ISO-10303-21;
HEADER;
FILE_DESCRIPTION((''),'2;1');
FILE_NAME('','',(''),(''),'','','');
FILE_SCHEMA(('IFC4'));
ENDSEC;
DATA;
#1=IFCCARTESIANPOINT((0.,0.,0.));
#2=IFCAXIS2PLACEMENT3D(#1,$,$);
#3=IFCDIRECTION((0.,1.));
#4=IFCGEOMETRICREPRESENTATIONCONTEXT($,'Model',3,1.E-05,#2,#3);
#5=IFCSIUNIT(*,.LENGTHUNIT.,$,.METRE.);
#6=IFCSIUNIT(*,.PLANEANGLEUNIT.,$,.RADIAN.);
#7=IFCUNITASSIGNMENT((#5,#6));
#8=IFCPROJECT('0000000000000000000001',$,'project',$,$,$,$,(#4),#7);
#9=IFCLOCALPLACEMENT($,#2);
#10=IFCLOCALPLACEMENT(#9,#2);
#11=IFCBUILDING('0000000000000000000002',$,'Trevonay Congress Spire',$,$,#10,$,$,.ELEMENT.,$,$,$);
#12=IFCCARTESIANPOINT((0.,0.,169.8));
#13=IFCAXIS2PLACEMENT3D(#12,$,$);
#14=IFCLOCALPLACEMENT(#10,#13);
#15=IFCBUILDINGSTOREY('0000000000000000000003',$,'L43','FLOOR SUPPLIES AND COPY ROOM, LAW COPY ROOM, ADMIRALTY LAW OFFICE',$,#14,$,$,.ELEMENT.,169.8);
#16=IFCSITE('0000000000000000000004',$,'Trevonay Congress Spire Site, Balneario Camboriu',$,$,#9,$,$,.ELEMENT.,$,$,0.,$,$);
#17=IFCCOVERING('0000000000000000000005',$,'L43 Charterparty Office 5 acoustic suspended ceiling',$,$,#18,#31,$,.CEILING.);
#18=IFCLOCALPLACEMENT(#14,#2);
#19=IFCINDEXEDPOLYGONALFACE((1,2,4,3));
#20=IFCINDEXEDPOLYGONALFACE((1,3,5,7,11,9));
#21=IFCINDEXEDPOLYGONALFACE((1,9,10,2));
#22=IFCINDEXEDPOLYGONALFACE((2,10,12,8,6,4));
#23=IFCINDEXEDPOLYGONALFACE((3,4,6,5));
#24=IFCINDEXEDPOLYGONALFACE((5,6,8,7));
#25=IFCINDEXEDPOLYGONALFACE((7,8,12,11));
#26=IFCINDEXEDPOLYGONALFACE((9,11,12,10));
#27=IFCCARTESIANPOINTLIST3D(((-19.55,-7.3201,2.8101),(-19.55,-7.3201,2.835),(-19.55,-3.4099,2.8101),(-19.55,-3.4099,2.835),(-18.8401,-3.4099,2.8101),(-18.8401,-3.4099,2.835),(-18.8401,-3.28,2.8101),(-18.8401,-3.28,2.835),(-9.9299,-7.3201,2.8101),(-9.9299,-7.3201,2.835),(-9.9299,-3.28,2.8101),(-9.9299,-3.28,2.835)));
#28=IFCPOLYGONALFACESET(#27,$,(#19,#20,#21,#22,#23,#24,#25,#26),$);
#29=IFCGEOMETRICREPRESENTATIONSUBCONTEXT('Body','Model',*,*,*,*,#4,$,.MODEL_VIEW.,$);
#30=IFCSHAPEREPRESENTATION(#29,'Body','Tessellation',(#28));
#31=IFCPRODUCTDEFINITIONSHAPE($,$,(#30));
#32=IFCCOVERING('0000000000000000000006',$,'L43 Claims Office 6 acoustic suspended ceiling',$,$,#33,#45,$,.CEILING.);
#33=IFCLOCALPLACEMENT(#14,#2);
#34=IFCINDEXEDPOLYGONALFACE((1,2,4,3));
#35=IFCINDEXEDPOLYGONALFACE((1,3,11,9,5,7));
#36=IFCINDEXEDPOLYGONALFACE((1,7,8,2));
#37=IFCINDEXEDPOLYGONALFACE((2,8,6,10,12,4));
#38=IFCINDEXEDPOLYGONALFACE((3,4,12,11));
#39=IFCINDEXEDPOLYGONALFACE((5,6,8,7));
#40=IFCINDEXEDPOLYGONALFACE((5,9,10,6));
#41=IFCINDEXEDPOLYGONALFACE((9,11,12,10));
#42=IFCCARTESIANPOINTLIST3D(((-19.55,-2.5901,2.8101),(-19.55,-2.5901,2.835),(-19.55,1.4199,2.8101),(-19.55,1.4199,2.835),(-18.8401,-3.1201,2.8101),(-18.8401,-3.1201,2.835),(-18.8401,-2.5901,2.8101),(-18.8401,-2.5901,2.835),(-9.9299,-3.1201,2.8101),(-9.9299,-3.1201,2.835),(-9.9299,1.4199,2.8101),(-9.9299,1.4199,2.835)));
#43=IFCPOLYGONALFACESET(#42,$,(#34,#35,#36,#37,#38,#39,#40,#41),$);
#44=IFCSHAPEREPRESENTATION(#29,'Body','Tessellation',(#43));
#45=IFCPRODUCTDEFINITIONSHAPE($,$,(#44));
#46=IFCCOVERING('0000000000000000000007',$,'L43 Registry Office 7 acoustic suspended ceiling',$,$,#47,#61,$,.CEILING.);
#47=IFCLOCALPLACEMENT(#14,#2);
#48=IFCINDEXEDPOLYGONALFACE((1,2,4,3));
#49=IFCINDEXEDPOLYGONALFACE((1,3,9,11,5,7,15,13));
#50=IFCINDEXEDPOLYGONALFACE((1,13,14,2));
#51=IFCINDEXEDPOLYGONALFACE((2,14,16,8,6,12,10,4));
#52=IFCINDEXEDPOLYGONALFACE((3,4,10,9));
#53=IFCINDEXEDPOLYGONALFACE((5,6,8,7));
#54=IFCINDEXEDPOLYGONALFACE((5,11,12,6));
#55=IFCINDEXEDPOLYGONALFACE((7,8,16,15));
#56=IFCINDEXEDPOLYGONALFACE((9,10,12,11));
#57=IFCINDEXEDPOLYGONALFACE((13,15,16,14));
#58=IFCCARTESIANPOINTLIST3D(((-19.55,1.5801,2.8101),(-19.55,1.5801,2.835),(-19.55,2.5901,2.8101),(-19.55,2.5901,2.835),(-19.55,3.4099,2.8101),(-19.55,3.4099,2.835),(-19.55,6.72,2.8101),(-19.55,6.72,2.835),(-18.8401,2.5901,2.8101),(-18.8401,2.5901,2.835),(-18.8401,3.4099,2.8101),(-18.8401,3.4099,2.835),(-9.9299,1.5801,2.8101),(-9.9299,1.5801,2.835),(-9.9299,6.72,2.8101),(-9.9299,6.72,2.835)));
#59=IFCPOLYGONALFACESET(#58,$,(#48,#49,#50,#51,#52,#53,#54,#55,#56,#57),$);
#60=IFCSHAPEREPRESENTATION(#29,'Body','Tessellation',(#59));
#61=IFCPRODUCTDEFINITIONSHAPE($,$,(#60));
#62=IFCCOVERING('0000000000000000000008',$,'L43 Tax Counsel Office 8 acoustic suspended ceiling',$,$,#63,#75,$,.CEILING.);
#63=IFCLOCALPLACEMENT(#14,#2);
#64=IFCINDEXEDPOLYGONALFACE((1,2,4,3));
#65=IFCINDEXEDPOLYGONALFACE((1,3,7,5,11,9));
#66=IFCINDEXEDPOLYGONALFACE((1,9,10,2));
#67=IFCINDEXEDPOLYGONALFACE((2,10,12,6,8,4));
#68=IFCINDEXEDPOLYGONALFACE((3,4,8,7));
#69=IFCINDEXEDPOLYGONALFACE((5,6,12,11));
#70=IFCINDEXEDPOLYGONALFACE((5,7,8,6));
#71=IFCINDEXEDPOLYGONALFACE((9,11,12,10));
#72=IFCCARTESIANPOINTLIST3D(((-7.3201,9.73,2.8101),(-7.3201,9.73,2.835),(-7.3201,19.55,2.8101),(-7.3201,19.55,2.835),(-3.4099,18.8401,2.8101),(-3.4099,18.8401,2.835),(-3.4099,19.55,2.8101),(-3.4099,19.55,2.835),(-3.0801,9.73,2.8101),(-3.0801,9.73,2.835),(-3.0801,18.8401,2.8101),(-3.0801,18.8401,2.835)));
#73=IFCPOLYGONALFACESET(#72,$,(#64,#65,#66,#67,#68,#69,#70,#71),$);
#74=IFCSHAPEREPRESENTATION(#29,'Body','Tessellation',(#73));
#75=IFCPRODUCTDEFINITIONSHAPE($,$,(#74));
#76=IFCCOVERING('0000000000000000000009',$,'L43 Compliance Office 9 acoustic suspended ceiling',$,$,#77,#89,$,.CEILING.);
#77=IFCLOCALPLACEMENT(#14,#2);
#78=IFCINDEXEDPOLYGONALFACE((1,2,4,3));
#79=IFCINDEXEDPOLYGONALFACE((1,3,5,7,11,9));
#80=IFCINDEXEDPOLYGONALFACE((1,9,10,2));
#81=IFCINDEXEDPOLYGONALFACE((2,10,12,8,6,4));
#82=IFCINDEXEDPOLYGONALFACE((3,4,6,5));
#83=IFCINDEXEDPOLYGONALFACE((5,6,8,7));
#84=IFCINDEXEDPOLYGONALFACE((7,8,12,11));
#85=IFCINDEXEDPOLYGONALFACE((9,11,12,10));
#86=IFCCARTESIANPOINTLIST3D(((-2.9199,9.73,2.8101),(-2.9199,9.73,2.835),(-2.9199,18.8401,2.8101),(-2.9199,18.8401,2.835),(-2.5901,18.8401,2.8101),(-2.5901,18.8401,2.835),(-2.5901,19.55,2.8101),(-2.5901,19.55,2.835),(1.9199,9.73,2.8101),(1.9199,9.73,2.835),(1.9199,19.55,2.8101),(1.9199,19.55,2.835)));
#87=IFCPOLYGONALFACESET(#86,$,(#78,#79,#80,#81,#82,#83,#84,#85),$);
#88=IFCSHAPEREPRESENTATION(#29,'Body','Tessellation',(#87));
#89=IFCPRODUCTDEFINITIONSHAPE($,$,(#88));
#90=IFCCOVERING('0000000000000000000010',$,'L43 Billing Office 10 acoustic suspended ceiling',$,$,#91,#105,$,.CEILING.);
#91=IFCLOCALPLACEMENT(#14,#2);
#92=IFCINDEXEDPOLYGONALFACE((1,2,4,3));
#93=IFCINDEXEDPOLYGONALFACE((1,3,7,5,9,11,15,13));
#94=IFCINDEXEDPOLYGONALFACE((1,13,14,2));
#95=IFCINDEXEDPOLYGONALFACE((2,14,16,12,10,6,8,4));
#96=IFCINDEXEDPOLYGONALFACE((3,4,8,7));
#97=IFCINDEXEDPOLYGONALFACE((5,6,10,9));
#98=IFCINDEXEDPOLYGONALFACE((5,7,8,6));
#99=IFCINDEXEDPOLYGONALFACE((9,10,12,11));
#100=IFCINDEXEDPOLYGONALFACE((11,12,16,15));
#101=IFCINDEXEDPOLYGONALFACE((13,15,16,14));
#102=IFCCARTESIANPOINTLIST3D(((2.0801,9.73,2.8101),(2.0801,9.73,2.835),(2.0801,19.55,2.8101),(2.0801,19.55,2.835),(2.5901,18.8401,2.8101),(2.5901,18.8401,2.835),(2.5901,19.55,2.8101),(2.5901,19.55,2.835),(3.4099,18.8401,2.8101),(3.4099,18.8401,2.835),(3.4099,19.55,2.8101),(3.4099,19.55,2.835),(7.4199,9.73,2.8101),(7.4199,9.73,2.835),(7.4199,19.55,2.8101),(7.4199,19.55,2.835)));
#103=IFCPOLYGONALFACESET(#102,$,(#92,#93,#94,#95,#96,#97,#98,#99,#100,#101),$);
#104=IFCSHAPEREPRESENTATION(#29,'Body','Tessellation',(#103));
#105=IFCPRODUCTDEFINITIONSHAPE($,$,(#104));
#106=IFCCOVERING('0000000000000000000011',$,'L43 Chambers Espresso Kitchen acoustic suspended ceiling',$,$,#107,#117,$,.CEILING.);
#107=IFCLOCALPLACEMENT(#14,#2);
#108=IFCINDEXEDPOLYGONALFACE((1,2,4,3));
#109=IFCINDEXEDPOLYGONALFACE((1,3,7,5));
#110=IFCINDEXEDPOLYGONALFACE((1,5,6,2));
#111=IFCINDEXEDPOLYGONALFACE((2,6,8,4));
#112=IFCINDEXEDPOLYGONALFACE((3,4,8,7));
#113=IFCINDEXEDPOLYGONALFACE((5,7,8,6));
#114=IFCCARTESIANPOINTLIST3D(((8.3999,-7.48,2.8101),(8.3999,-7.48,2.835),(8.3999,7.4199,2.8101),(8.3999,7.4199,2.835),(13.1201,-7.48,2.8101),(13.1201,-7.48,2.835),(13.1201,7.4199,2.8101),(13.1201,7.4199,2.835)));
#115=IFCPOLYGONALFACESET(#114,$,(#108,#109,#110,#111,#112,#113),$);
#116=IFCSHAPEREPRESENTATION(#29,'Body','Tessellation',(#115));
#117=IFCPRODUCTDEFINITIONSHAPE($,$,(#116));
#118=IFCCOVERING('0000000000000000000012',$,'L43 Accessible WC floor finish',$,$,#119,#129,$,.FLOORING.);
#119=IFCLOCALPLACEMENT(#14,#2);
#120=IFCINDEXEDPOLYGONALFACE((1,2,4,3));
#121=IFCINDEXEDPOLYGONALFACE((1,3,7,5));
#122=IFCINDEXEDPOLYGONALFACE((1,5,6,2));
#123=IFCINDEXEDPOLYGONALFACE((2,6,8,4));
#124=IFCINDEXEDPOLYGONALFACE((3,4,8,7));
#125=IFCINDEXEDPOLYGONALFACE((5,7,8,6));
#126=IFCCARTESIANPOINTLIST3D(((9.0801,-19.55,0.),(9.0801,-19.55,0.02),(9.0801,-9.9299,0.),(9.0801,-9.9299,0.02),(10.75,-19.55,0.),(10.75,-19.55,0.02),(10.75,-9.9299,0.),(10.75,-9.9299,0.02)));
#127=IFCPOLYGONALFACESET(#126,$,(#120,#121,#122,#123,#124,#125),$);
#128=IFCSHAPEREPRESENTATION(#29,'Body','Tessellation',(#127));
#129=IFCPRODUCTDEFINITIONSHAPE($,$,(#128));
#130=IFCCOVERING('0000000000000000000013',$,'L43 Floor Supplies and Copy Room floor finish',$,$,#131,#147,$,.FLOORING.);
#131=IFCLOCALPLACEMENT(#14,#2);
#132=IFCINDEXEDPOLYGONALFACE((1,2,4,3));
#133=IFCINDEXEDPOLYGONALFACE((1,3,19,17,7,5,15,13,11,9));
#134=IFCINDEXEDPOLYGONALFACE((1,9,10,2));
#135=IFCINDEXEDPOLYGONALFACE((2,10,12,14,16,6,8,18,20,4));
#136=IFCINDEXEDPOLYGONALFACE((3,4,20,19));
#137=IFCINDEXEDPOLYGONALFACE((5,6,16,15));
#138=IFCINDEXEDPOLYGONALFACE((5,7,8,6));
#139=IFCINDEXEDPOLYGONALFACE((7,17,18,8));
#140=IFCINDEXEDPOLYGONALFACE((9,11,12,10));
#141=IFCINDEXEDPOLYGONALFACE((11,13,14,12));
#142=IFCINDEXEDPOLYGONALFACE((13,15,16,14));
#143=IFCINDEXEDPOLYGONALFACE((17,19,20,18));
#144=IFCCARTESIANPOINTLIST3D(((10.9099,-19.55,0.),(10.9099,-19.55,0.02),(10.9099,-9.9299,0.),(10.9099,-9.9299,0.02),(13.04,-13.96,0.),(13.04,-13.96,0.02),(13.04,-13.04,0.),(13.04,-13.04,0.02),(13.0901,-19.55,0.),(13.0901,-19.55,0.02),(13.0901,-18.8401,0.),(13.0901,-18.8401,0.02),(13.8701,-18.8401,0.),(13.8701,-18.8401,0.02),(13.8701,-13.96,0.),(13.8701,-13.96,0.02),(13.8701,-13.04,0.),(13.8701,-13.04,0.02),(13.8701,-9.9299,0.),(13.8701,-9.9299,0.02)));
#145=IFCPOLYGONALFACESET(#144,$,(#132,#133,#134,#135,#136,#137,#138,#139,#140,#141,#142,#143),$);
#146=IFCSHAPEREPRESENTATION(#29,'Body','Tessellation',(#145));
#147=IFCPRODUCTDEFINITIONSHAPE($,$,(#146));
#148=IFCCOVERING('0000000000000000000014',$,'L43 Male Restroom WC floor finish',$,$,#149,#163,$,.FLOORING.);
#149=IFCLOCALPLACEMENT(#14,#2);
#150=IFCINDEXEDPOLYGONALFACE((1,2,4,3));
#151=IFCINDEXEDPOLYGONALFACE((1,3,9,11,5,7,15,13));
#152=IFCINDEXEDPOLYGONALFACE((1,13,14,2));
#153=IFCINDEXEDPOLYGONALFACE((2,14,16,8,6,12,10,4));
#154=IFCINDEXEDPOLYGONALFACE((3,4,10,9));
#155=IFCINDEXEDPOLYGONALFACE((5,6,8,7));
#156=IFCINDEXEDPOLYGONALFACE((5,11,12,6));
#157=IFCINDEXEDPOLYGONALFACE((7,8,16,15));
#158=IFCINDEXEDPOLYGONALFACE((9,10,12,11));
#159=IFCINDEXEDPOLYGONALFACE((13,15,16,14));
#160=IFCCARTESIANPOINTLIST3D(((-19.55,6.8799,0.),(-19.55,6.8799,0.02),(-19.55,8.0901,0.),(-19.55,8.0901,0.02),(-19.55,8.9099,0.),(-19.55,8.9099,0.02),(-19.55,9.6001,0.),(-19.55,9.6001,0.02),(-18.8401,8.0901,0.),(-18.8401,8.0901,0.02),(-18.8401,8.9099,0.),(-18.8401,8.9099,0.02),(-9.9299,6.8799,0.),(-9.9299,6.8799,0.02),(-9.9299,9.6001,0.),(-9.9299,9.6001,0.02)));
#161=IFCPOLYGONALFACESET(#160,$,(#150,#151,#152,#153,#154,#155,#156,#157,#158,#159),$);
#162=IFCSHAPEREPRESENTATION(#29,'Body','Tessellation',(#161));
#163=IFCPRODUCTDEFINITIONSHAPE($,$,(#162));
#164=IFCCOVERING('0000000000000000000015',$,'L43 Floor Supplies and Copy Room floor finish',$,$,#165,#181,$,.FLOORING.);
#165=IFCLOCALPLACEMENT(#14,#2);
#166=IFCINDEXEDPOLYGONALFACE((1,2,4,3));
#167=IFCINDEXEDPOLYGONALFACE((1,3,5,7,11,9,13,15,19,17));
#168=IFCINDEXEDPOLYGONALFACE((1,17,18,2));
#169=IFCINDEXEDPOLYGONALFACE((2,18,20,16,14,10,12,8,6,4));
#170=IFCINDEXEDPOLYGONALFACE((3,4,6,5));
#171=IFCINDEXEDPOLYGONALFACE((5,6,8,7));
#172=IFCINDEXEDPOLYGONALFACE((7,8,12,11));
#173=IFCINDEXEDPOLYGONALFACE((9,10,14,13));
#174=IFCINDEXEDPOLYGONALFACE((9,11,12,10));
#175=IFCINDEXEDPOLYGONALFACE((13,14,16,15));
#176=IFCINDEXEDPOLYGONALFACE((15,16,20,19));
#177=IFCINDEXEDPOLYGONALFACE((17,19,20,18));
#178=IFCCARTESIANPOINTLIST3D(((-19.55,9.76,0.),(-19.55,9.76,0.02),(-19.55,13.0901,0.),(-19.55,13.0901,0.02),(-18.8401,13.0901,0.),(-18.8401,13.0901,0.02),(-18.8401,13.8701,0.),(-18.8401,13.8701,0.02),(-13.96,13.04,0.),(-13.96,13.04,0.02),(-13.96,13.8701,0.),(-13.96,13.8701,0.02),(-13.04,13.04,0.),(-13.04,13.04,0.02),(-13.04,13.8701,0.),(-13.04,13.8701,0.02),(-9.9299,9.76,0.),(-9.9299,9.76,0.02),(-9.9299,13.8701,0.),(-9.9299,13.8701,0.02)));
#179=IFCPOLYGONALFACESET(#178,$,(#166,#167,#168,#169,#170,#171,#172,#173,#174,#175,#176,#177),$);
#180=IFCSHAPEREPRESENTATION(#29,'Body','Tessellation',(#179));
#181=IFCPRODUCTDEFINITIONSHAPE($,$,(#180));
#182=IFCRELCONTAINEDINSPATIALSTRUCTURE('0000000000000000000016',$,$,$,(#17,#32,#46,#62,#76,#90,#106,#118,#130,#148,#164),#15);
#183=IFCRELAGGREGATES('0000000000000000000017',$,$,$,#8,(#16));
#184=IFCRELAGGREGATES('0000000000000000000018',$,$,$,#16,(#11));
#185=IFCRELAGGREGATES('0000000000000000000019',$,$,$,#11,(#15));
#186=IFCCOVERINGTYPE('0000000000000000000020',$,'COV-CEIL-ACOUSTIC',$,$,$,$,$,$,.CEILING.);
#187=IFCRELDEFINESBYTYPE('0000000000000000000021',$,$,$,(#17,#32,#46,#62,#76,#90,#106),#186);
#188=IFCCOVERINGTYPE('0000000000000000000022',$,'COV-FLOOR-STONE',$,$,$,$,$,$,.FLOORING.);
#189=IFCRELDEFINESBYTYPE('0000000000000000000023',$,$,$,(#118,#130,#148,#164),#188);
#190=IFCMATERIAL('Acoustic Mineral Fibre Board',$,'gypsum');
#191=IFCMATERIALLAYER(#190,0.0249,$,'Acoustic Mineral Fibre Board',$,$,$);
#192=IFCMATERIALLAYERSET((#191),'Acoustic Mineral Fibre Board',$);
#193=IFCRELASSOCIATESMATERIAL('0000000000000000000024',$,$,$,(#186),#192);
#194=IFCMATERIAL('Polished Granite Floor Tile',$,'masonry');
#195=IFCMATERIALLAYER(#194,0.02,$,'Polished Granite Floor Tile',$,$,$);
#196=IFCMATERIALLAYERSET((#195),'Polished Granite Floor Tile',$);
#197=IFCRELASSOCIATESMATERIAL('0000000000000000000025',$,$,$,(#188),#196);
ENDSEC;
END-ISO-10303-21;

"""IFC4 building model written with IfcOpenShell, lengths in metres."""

from ifc_helpers import new_model, si_unit, direction, frame, origin, place, context, subcontext, project, spatial, polyline, outline, extrude, material, layer, layer_set, type_object, element, save


model = new_model("IFC4")

# Units and contexts
model_context = context("Model", 3, precision=1e-05, world=origin(), true_north=direction((0.0, 1.0)))
body_context = subcontext(model_context, "Body", "Model", "MODEL_VIEW")
ifc_project = project(units=[si_unit("LENGTHUNIT", "METRE"), si_unit("PLANEANGLEUNIT", "RADIAN")], contexts=[model_context])

# Site, building, storey
site_placement = place(None, origin())
site = spatial("IfcSite", under=ifc_project, at=site_placement, Name="Trevonay Congress Spire Site, Balneario Camboriu", CompositionType="ELEMENT", RefElevation=0.0)
building_placement = place(site_placement, origin())
building = spatial("IfcBuilding", under=site, at=building_placement, Name="Trevonay Congress Spire", CompositionType="ELEMENT")
storey_placement = place(building_placement, frame((0.0, 0.0, 169.8)))
storey = spatial("IfcBuildingStorey", under=building, at=storey_placement, Name="L43", Description="FLOOR SUPPLIES AND COPY ROOM, LAW COPY ROOM, ADMIRALTY LAW OFFICE", CompositionType="ELEMENT", Elevation=169.8)

# Coverings
ifc_material_1 = material(Name="Acoustic Mineral Fibre Board", Category="gypsum")
ifc_layer_1 = layer(ifc_material_1, 0.0249, Name="Acoustic Mineral Fibre Board")
ifc_layer_set_1 = layer_set([ifc_layer_1], Name="Acoustic Mineral Fibre Board")
covering_type_1 = type_object("IfcCoveringType", Name="COV-CEIL-ACOUSTIC", PredefinedType="CEILING", material=ifc_layer_set_1)
covering_1_placement = place(storey_placement, frame((0.0, 0.0, 2.8101)))
element("IfcCovering", 1, at=covering_1_placement, inside=storey, type_object=covering_type_1, Name="L43 Charterparty Office 5 acoustic suspended ceiling", PredefinedType="CEILING", context=body_context, shape_type="SweptSolid", body=[
    extrude(outline(polyline([(-9.9299, -3.28), (-9.9299, -7.3201), (-19.55, -7.3201), (-19.55, -3.4099), (-18.8401, -3.4099), (-18.8401, -3.28), (-9.9299, -3.28)])), origin(), (0.0, 0.0, 1.0), 0.0249),
])
covering_2_placement = place(storey_placement, frame((0.0, 0.0, 2.8101)))
element("IfcCovering", 2, at=covering_2_placement, inside=storey, type_object=covering_type_1, Name="L43 Claims Office 6 acoustic suspended ceiling", PredefinedType="CEILING", context=body_context, shape_type="SweptSolid", body=[
    extrude(outline(polyline([(-19.55, 1.4199), (-9.9299, 1.4199), (-9.9299, -3.1201), (-18.8401, -3.1201), (-18.8401, -2.5901), (-19.55, -2.5901), (-19.55, 1.4199)])), origin(), (0.0, 0.0, 1.0), 0.0249),
])
covering_3_placement = place(storey_placement, frame((0.0, 0.0, 2.8101)))
element("IfcCovering", 3, at=covering_3_placement, inside=storey, type_object=covering_type_1, Name="L43 Registry Office 7 acoustic suspended ceiling", PredefinedType="CEILING", context=body_context, shape_type="SweptSolid", body=[
    extrude(outline(polyline([(-19.55, 6.72), (-9.9299, 6.72), (-9.9299, 1.5801), (-19.55, 1.5801), (-19.55, 2.5901), (-18.8401, 2.5901), (-18.8401, 3.4099), (-19.55, 3.4099), (-19.55, 6.72)])), origin(), (0.0, 0.0, 1.0), 0.0249),
])
covering_4_placement = place(storey_placement, frame((0.0, 0.0, 2.8101)))
element("IfcCovering", 4, at=covering_4_placement, inside=storey, type_object=covering_type_1, Name="L43 Tax Counsel Office 8 acoustic suspended ceiling", PredefinedType="CEILING", context=body_context, shape_type="SweptSolid", body=[
    extrude(outline(polyline([(-3.0801, 9.73), (-7.3201, 9.73), (-7.3201, 19.55), (-3.4099, 19.55), (-3.4099, 18.8401), (-3.0801, 18.8401), (-3.0801, 9.73)])), origin(), (0.0, 0.0, 1.0), 0.0249),
])
covering_5_placement = place(storey_placement, frame((0.0, 0.0, 2.8101)))
element("IfcCovering", 5, at=covering_5_placement, inside=storey, type_object=covering_type_1, Name="L43 Compliance Office 9 acoustic suspended ceiling", PredefinedType="CEILING", context=body_context, shape_type="SweptSolid", body=[
    extrude(outline(polyline([(1.9199, 19.55), (1.9199, 9.73), (-2.9199, 9.73), (-2.9199, 18.8401), (-2.5901, 18.8401), (-2.5901, 19.55), (1.9199, 19.55)])), origin(), (0.0, 0.0, 1.0), 0.0249),
])
covering_6_placement = place(storey_placement, frame((0.0, 0.0, 2.8101)))
element("IfcCovering", 6, at=covering_6_placement, inside=storey, type_object=covering_type_1, Name="L43 Billing Office 10 acoustic suspended ceiling", PredefinedType="CEILING", context=body_context, shape_type="SweptSolid", body=[
    extrude(outline(polyline([(7.4199, 19.55), (7.4199, 9.73), (2.0801, 9.73), (2.0801, 19.55), (2.5901, 19.55), (2.5901, 18.8401), (3.4099, 18.8401), (3.4099, 19.55), (7.4199, 19.55)])), origin(), (0.0, 0.0, 1.0), 0.0249),
])
covering_7_placement = place(storey_placement, frame((0.0, 0.0, 2.8101)))
element("IfcCovering", 7, at=covering_7_placement, inside=storey, type_object=covering_type_1, Name="L43 Chambers Espresso Kitchen acoustic suspended ceiling", PredefinedType="CEILING", context=body_context, shape_type="SweptSolid", body=[
    extrude(outline(polyline([(8.3999, -7.48), (13.1201, -7.48), (13.1201, 7.4199), (8.3999, 7.4199), (8.3999, -7.48)])), origin(), (0.0, 0.0, 1.0), 0.0249),
])
ifc_material_2 = material(Name="Polished Granite Floor Tile", Category="masonry")
ifc_layer_2 = layer(ifc_material_2, 0.02, Name="Polished Granite Floor Tile")
ifc_layer_set_2 = layer_set([ifc_layer_2], Name="Polished Granite Floor Tile")
covering_type_2 = type_object("IfcCoveringType", Name="COV-FLOOR-STONE", PredefinedType="FLOORING", material=ifc_layer_set_2)
covering_8_placement = place(storey_placement, origin())
element("IfcCovering", 8, at=covering_8_placement, inside=storey, type_object=covering_type_2, Name="L43 Accessible WC floor finish", PredefinedType="FLOORING", context=body_context, shape_type="SweptSolid", body=[
    extrude(outline(polyline([(9.0801, -19.55), (10.75, -19.55), (10.75, -9.9299), (9.0801, -9.9299), (9.0801, -19.55)])), origin(), (0.0, 0.0, 1.0), 0.02),
])
covering_9_placement = place(storey_placement, origin())
element("IfcCovering", 9, at=covering_9_placement, inside=storey, type_object=covering_type_2, Name="L43 Floor Supplies and Copy Room floor finish", PredefinedType="FLOORING", context=body_context, shape_type="SweptSolid", body=[
    extrude(outline(polyline([(10.9099, -19.55), (10.9099, -9.9299), (13.8701, -9.9299), (13.8701, -13.04), (13.04, -13.04), (13.04, -13.96), (13.8701, -13.96), (13.8701, -18.8401), (13.0901, -18.8401), (13.0901, -19.55), (10.9099, -19.55)])), origin(), (0.0, 0.0, 1.0), 0.02),
])
covering_10_placement = place(storey_placement, origin())
element("IfcCovering", 10, at=covering_10_placement, inside=storey, type_object=covering_type_2, Name="L43 Male Restroom WC floor finish", PredefinedType="FLOORING", context=body_context, shape_type="SweptSolid", body=[
    extrude(outline(polyline([(-19.55, 9.6001), (-9.9299, 9.6001), (-9.9299, 6.8799), (-19.55, 6.8799), (-19.55, 8.0901), (-18.8401, 8.0901), (-18.8401, 8.9099), (-19.55, 8.9099), (-19.55, 9.6001)])), origin(), (0.0, 0.0, 1.0), 0.02),
])
covering_11_placement = place(storey_placement, origin())
element("IfcCovering", 11, at=covering_11_placement, inside=storey, type_object=covering_type_2, Name="L43 Floor Supplies and Copy Room floor finish", PredefinedType="FLOORING", context=body_context, shape_type="SweptSolid", body=[
    extrude(outline(polyline([(-9.9299, 13.8701), (-9.9299, 9.76), (-19.55, 9.76), (-19.55, 13.0901), (-18.8401, 13.0901), (-18.8401, 13.8701), (-13.96, 13.8701), (-13.96, 13.04), (-13.04, 13.04), (-13.04, 13.8701), (-9.9299, 13.8701)])), origin(), (0.0, 0.0, 1.0), 0.02),
])

save(model, "model.ifc")
